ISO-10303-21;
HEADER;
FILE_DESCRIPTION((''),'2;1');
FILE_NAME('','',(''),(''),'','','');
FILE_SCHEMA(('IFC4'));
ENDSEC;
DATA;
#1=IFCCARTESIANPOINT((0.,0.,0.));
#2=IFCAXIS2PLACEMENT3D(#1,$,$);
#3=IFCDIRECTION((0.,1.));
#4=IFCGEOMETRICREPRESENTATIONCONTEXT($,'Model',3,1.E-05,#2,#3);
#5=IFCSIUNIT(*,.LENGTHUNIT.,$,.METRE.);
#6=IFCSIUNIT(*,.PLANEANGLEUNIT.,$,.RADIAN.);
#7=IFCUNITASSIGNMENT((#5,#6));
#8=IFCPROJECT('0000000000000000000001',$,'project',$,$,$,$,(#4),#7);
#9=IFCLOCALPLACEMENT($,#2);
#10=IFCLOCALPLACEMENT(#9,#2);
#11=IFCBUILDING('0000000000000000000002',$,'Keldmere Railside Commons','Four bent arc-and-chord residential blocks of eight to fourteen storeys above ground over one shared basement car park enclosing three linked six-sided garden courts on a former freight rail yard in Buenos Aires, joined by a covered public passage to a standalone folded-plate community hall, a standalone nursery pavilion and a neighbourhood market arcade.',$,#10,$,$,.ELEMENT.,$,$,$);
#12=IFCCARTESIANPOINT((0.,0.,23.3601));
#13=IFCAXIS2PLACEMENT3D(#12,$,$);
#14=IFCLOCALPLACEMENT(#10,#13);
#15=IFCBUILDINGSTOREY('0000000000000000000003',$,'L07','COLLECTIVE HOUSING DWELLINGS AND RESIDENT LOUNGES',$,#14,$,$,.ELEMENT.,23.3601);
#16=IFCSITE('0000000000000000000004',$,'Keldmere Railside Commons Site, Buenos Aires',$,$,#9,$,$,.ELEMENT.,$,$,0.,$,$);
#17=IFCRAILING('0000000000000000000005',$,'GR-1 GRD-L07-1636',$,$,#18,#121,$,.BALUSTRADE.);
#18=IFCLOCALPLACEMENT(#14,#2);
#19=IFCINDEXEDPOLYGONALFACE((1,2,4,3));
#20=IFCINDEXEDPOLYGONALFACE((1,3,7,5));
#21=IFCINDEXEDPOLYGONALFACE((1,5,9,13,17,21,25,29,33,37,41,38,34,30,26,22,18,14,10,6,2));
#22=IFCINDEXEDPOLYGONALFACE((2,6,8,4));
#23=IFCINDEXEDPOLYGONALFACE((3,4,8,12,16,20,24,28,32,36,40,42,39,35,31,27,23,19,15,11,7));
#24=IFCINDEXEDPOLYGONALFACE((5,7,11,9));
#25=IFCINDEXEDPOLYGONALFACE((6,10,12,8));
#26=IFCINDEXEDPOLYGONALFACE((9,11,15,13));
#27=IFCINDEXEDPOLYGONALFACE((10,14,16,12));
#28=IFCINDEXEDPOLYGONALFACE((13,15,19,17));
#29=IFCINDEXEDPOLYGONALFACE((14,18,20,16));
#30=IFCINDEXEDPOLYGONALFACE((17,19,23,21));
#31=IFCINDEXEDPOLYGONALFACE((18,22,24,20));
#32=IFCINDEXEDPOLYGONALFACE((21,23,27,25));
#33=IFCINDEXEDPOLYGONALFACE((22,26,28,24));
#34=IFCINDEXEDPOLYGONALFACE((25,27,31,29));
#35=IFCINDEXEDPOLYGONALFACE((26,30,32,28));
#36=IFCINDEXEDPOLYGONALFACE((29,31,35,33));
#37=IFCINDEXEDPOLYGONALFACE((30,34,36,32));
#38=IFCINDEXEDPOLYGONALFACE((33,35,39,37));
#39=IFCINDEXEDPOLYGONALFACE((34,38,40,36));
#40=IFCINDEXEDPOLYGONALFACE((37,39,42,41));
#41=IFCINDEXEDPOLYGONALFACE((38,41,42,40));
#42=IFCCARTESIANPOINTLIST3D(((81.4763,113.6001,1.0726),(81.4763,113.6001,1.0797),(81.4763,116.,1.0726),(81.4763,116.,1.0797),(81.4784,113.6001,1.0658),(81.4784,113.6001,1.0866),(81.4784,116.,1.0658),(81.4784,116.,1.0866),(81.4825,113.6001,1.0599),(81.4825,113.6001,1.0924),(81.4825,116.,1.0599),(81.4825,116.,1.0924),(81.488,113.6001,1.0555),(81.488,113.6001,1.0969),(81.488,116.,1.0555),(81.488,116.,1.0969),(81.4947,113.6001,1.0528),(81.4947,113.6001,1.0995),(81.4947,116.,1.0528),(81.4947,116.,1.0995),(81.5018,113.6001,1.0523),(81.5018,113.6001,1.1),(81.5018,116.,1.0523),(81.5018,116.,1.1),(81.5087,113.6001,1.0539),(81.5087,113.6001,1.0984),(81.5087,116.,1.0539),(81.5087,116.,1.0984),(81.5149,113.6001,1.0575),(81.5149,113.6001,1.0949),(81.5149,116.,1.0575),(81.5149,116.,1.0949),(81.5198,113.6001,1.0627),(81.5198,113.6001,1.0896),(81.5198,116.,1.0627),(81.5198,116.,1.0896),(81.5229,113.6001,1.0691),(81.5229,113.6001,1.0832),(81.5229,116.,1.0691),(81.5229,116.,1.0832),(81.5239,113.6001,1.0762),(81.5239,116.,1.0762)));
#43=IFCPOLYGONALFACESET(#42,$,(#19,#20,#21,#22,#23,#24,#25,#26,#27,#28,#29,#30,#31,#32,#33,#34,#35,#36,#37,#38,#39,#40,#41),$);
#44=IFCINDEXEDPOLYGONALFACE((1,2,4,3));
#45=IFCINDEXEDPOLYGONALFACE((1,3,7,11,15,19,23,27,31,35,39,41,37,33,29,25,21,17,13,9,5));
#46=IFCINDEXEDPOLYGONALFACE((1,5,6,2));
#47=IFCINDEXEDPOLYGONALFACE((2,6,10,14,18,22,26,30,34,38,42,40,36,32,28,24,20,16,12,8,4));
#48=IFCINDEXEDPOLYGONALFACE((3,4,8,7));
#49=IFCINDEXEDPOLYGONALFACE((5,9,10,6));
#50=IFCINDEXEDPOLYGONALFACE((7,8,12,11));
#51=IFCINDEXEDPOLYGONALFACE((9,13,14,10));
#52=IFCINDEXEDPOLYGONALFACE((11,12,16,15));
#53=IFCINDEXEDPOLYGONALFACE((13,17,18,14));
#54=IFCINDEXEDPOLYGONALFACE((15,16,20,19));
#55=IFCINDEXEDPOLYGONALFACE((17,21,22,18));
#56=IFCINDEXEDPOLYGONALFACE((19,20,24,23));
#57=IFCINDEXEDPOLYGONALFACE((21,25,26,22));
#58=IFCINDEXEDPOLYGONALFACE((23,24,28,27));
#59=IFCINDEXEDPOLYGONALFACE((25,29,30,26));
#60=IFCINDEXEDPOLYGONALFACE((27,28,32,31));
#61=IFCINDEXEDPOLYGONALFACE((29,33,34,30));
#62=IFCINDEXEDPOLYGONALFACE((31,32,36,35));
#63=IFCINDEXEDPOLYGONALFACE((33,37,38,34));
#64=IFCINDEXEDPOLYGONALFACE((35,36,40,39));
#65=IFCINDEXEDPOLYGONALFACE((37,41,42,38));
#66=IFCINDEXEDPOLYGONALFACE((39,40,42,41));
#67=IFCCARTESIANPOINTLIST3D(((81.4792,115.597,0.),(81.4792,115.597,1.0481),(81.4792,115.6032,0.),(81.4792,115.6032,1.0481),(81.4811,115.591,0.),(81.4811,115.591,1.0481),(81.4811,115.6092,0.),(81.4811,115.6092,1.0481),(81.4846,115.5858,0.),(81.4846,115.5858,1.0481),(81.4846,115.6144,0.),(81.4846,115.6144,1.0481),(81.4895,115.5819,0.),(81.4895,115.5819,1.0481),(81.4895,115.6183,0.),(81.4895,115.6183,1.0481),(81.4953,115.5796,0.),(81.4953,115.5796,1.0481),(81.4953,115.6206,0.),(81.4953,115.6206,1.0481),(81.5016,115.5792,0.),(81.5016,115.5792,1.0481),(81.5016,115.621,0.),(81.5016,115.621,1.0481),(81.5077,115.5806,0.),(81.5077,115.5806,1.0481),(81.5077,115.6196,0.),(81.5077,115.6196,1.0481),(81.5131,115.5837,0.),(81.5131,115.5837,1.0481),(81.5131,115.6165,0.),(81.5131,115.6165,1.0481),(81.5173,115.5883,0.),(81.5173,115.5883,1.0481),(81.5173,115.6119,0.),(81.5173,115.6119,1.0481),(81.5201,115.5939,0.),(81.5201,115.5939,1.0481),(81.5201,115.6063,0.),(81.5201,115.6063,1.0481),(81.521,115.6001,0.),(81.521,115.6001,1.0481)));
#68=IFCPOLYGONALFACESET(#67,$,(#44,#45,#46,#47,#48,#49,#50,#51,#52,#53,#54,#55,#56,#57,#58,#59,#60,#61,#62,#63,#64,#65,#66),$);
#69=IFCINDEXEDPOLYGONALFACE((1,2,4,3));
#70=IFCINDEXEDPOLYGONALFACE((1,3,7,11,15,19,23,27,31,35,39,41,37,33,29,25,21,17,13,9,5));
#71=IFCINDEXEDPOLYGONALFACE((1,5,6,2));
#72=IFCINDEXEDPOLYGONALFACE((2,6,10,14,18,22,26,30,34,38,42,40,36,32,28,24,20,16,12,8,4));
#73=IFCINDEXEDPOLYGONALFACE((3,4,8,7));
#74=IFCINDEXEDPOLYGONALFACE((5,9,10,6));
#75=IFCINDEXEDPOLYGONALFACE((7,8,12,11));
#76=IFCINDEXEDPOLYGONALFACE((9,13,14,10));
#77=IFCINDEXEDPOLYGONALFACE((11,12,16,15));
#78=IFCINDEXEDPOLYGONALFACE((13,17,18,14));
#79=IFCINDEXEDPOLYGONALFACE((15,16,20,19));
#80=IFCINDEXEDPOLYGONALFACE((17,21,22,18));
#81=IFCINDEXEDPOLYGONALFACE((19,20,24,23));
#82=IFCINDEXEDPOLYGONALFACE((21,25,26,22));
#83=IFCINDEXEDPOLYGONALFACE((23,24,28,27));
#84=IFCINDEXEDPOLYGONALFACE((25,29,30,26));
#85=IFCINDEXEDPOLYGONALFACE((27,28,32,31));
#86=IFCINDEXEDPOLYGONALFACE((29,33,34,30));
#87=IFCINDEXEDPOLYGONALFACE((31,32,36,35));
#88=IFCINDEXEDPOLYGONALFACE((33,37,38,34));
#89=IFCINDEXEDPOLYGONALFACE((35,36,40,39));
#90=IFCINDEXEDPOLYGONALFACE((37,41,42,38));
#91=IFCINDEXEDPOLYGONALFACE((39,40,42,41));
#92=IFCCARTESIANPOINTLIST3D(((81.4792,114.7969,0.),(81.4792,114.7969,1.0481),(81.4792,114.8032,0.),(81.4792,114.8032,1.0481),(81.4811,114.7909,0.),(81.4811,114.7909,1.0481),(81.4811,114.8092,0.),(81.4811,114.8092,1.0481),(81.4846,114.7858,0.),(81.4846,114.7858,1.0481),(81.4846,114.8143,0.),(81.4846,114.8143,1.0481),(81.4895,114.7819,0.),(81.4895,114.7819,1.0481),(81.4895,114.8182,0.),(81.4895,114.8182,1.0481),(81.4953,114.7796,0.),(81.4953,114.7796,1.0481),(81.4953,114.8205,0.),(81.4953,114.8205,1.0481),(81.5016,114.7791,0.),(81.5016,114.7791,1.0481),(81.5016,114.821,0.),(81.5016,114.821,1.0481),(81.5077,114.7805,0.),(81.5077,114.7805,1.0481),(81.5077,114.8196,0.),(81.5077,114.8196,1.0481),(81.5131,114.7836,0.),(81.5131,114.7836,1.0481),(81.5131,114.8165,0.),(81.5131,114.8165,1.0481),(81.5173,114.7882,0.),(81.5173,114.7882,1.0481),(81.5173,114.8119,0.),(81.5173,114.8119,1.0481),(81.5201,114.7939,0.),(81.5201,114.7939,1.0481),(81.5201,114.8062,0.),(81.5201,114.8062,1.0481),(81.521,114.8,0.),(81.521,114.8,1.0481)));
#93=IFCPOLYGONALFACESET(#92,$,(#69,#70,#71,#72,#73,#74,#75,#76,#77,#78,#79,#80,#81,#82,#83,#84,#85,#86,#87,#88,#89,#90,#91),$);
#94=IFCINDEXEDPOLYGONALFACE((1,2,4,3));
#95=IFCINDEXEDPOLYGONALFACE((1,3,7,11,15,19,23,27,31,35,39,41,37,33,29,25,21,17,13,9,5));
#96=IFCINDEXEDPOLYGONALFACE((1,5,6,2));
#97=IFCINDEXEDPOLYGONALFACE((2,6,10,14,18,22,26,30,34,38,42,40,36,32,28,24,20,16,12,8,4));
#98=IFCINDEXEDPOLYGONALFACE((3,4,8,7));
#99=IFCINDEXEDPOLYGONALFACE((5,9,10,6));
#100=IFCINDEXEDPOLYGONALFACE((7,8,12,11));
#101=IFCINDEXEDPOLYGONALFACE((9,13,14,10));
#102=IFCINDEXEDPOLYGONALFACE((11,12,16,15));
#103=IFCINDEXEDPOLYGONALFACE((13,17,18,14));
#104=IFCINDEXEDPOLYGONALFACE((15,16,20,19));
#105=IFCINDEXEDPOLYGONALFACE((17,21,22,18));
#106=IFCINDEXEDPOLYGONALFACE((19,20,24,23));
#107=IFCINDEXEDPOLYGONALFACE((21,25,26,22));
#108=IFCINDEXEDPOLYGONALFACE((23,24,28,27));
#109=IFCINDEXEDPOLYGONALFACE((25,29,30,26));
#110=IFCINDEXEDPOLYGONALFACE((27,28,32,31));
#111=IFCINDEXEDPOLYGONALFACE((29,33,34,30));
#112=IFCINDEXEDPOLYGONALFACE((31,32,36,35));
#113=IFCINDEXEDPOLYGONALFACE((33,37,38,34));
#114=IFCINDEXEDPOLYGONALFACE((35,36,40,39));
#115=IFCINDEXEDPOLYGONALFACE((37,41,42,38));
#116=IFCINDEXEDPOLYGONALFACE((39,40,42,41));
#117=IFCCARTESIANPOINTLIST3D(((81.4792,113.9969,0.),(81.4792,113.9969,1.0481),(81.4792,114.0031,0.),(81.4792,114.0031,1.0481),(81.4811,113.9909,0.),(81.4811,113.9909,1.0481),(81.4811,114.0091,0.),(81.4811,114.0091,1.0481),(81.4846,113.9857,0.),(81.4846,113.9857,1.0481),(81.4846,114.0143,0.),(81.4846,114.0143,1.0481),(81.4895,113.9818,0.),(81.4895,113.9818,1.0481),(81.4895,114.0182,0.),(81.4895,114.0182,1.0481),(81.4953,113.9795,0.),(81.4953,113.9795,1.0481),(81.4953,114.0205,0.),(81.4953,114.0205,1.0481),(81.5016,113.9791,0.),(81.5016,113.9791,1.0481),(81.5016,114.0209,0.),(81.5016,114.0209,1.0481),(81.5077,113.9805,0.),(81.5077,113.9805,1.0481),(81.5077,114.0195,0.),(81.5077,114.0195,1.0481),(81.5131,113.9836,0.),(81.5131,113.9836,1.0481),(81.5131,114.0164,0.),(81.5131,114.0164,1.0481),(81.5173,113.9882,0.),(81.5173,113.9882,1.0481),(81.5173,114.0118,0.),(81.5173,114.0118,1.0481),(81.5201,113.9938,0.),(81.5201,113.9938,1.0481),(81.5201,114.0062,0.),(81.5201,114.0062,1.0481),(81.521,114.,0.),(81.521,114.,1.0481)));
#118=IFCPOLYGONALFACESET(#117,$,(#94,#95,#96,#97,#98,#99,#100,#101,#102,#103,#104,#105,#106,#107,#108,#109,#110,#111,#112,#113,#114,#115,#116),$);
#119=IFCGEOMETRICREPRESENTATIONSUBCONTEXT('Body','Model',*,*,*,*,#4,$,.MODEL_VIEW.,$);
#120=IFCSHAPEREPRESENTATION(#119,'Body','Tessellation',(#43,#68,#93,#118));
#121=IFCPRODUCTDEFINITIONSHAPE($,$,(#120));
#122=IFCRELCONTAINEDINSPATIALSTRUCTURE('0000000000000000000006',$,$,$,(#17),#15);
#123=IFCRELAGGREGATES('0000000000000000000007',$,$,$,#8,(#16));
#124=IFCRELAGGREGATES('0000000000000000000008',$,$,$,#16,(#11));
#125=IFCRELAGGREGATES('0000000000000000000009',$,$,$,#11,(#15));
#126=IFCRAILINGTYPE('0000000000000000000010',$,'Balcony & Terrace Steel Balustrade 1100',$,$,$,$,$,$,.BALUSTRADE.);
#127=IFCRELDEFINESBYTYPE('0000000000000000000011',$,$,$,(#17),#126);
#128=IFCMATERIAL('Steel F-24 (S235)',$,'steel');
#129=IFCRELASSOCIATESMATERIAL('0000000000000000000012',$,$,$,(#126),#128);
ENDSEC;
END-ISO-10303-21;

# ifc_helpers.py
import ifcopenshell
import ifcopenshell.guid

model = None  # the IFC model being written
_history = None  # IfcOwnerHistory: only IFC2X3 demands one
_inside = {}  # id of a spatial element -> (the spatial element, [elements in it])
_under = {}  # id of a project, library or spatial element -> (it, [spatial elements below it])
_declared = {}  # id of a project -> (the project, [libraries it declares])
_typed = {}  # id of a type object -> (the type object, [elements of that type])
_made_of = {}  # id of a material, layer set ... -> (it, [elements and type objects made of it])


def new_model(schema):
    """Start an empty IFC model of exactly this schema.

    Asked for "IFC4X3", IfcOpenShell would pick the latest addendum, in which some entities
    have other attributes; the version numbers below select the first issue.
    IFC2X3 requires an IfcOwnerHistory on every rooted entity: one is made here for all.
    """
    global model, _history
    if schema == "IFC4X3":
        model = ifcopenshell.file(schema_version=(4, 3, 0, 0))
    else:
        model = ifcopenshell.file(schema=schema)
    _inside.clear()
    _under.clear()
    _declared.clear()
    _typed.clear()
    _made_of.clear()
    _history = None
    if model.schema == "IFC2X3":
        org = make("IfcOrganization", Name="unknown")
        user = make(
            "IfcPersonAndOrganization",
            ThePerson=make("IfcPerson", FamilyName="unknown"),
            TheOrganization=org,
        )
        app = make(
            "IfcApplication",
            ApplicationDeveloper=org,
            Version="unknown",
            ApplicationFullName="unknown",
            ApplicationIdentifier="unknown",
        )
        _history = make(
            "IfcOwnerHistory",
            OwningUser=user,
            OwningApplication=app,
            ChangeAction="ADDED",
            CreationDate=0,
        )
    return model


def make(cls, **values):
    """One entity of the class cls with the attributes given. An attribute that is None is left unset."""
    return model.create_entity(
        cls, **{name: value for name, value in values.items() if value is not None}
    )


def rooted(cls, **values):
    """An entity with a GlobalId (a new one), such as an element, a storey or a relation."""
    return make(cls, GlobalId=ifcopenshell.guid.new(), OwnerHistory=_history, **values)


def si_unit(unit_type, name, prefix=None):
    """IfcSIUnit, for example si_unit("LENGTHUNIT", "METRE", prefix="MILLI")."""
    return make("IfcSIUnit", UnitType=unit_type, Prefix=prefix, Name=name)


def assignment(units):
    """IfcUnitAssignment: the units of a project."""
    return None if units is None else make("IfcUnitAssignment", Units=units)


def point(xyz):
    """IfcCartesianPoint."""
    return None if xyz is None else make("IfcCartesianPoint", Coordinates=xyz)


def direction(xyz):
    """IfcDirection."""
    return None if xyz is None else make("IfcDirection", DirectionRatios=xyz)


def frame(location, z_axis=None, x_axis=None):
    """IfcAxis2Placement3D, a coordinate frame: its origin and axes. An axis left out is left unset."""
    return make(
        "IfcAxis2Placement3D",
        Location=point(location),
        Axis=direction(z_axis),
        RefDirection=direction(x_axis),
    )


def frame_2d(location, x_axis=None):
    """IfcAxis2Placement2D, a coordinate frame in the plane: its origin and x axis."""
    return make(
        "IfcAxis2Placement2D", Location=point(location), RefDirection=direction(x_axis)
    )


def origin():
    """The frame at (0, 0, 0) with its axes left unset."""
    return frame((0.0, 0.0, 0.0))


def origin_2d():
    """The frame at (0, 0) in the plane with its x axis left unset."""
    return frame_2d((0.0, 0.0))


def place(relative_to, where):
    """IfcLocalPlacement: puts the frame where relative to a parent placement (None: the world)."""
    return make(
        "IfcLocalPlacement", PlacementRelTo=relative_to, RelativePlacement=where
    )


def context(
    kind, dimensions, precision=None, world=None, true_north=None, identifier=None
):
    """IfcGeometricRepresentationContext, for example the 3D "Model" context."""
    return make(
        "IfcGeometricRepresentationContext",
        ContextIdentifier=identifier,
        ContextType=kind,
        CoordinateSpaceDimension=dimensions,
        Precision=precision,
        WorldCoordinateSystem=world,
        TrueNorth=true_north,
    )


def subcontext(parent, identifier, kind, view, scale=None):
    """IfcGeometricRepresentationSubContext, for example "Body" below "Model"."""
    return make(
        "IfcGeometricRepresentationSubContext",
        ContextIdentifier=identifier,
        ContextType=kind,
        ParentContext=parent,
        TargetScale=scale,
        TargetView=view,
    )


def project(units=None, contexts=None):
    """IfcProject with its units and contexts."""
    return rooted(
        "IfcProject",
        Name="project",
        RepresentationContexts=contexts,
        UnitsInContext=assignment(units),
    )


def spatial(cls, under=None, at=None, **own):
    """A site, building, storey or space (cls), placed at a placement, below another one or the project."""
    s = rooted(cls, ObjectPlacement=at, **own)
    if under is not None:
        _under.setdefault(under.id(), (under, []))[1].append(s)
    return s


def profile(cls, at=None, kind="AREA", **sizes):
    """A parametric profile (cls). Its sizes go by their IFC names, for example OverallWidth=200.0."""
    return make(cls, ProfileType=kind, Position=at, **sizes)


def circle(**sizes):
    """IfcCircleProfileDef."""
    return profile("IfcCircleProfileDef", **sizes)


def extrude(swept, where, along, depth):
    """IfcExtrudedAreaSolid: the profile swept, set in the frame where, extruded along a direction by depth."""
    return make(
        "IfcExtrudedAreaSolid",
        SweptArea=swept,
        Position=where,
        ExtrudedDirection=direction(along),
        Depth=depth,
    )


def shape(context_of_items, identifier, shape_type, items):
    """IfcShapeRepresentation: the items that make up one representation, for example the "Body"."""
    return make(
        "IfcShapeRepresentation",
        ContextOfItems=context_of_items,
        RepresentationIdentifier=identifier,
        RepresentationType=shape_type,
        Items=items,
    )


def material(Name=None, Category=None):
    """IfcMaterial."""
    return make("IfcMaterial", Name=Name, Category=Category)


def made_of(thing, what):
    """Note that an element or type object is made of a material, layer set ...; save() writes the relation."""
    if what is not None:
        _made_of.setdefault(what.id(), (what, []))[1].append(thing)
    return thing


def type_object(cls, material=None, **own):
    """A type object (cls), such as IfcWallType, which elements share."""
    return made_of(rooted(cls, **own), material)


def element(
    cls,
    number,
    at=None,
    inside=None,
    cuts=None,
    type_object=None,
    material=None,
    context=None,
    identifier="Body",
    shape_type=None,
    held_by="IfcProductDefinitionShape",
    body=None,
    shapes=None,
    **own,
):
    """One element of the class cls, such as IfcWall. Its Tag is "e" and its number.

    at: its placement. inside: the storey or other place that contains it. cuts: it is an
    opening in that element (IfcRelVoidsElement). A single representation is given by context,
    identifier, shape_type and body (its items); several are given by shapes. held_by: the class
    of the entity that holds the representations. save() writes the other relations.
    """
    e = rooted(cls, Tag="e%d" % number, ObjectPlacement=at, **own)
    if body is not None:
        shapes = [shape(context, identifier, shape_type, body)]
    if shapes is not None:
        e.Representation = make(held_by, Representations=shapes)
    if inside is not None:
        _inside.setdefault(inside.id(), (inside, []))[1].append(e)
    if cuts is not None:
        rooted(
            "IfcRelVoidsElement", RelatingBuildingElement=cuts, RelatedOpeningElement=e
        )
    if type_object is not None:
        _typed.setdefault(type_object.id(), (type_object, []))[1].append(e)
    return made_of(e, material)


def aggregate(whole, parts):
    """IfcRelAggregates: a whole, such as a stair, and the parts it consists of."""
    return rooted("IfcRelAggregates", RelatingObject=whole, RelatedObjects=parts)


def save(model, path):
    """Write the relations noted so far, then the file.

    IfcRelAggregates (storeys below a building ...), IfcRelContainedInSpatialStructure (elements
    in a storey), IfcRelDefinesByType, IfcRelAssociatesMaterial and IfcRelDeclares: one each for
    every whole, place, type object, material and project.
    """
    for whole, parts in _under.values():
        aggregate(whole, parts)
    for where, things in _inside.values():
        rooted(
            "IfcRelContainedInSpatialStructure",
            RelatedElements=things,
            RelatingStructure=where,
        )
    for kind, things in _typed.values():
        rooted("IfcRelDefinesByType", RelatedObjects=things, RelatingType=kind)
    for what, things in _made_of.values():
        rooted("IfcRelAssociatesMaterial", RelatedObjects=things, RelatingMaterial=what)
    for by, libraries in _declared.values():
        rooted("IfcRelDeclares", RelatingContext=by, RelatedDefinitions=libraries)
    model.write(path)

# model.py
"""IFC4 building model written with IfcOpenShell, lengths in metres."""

from ifc_helpers import new_model, si_unit, direction, frame, origin, origin_2d, place, context, subcontext, project, spatial, circle, extrude, material, type_object, element, save


model = new_model("IFC4")

# Units and contexts
model_context = context("Model", 3, precision=1e-05, world=origin(), true_north=direction((0.0, 1.0)))
body_context = subcontext(model_context, "Body", "Model", "MODEL_VIEW")
ifc_project = project(units=[si_unit("LENGTHUNIT", "METRE"), si_unit("PLANEANGLEUNIT", "RADIAN")], contexts=[model_context])

# Site, building, storey
site_placement = place(None, origin())
site = spatial("IfcSite", under=ifc_project, at=site_placement, Name="Keldmere Railside Commons Site, Buenos Aires", CompositionType="ELEMENT", RefElevation=0.0)
building_placement = place(site_placement, origin())
building = spatial("IfcBuilding", under=site, at=building_placement, Name="Keldmere Railside Commons", Description="Four bent arc-and-chord residential blocks of eight to fourteen storeys above ground over one shared basement car park enclosing three linked six-sided garden courts on a former freight rail yard in Buenos Aires, joined by a covered public passage to a standalone folded-plate community hall, a standalone nursery pavilion and a neighbourhood market arcade.", CompositionType="ELEMENT")
storey_placement = place(building_placement, frame((0.0, 0.0, 23.3601)))
storey = spatial("IfcBuildingStorey", under=building, at=storey_placement, Name="L07", Description="COLLECTIVE HOUSING DWELLINGS AND RESIDENT LOUNGES", CompositionType="ELEMENT", Elevation=23.3601)

# Shared definitions
ifc_material_1 = material(Name="Steel F-24 (S235)", Category="steel")

# Railing
railing_type_1 = type_object("IfcRailingType", Name="Balcony & Terrace Steel Balustrade 1100", PredefinedType="BALUSTRADE", material=ifc_material_1)
railing_1_placement = place(storey_placement, frame((81.5, 116.0, 0.0)))
element("IfcRailing", 1, at=railing_1_placement, inside=storey, type_object=railing_type_1, Name="GR-1 GRD-L07-1636", PredefinedType="BALUSTRADE", context=body_context, shape_type="SweptSolid", body=[
    extrude(circle(Radius=0.0239, at=origin_2d()), frame((0.0, 0.0, 1.0762), z_axis=(0.0, -1.0, 0.0), x_axis=(1.0, 0.0, 0.0)), (0.0, 0.0, 1.0), 2.3999),
    extrude(circle(Radius=0.021, at=origin_2d()), frame((0.0, -0.3999, 0.0)), (0.0, 0.0, 1.0), 1.0481),
    extrude(circle(Radius=0.021, at=origin_2d()), frame((0.0, -1.2, 0.0)), (0.0, 0.0, 1.0), 1.0481),
    extrude(circle(Radius=0.021, at=origin_2d()), frame((0.0, -2.0, 0.0)), (0.0, 0.0, 1.0), 1.0481),
])

save(model, "model.ifc")
